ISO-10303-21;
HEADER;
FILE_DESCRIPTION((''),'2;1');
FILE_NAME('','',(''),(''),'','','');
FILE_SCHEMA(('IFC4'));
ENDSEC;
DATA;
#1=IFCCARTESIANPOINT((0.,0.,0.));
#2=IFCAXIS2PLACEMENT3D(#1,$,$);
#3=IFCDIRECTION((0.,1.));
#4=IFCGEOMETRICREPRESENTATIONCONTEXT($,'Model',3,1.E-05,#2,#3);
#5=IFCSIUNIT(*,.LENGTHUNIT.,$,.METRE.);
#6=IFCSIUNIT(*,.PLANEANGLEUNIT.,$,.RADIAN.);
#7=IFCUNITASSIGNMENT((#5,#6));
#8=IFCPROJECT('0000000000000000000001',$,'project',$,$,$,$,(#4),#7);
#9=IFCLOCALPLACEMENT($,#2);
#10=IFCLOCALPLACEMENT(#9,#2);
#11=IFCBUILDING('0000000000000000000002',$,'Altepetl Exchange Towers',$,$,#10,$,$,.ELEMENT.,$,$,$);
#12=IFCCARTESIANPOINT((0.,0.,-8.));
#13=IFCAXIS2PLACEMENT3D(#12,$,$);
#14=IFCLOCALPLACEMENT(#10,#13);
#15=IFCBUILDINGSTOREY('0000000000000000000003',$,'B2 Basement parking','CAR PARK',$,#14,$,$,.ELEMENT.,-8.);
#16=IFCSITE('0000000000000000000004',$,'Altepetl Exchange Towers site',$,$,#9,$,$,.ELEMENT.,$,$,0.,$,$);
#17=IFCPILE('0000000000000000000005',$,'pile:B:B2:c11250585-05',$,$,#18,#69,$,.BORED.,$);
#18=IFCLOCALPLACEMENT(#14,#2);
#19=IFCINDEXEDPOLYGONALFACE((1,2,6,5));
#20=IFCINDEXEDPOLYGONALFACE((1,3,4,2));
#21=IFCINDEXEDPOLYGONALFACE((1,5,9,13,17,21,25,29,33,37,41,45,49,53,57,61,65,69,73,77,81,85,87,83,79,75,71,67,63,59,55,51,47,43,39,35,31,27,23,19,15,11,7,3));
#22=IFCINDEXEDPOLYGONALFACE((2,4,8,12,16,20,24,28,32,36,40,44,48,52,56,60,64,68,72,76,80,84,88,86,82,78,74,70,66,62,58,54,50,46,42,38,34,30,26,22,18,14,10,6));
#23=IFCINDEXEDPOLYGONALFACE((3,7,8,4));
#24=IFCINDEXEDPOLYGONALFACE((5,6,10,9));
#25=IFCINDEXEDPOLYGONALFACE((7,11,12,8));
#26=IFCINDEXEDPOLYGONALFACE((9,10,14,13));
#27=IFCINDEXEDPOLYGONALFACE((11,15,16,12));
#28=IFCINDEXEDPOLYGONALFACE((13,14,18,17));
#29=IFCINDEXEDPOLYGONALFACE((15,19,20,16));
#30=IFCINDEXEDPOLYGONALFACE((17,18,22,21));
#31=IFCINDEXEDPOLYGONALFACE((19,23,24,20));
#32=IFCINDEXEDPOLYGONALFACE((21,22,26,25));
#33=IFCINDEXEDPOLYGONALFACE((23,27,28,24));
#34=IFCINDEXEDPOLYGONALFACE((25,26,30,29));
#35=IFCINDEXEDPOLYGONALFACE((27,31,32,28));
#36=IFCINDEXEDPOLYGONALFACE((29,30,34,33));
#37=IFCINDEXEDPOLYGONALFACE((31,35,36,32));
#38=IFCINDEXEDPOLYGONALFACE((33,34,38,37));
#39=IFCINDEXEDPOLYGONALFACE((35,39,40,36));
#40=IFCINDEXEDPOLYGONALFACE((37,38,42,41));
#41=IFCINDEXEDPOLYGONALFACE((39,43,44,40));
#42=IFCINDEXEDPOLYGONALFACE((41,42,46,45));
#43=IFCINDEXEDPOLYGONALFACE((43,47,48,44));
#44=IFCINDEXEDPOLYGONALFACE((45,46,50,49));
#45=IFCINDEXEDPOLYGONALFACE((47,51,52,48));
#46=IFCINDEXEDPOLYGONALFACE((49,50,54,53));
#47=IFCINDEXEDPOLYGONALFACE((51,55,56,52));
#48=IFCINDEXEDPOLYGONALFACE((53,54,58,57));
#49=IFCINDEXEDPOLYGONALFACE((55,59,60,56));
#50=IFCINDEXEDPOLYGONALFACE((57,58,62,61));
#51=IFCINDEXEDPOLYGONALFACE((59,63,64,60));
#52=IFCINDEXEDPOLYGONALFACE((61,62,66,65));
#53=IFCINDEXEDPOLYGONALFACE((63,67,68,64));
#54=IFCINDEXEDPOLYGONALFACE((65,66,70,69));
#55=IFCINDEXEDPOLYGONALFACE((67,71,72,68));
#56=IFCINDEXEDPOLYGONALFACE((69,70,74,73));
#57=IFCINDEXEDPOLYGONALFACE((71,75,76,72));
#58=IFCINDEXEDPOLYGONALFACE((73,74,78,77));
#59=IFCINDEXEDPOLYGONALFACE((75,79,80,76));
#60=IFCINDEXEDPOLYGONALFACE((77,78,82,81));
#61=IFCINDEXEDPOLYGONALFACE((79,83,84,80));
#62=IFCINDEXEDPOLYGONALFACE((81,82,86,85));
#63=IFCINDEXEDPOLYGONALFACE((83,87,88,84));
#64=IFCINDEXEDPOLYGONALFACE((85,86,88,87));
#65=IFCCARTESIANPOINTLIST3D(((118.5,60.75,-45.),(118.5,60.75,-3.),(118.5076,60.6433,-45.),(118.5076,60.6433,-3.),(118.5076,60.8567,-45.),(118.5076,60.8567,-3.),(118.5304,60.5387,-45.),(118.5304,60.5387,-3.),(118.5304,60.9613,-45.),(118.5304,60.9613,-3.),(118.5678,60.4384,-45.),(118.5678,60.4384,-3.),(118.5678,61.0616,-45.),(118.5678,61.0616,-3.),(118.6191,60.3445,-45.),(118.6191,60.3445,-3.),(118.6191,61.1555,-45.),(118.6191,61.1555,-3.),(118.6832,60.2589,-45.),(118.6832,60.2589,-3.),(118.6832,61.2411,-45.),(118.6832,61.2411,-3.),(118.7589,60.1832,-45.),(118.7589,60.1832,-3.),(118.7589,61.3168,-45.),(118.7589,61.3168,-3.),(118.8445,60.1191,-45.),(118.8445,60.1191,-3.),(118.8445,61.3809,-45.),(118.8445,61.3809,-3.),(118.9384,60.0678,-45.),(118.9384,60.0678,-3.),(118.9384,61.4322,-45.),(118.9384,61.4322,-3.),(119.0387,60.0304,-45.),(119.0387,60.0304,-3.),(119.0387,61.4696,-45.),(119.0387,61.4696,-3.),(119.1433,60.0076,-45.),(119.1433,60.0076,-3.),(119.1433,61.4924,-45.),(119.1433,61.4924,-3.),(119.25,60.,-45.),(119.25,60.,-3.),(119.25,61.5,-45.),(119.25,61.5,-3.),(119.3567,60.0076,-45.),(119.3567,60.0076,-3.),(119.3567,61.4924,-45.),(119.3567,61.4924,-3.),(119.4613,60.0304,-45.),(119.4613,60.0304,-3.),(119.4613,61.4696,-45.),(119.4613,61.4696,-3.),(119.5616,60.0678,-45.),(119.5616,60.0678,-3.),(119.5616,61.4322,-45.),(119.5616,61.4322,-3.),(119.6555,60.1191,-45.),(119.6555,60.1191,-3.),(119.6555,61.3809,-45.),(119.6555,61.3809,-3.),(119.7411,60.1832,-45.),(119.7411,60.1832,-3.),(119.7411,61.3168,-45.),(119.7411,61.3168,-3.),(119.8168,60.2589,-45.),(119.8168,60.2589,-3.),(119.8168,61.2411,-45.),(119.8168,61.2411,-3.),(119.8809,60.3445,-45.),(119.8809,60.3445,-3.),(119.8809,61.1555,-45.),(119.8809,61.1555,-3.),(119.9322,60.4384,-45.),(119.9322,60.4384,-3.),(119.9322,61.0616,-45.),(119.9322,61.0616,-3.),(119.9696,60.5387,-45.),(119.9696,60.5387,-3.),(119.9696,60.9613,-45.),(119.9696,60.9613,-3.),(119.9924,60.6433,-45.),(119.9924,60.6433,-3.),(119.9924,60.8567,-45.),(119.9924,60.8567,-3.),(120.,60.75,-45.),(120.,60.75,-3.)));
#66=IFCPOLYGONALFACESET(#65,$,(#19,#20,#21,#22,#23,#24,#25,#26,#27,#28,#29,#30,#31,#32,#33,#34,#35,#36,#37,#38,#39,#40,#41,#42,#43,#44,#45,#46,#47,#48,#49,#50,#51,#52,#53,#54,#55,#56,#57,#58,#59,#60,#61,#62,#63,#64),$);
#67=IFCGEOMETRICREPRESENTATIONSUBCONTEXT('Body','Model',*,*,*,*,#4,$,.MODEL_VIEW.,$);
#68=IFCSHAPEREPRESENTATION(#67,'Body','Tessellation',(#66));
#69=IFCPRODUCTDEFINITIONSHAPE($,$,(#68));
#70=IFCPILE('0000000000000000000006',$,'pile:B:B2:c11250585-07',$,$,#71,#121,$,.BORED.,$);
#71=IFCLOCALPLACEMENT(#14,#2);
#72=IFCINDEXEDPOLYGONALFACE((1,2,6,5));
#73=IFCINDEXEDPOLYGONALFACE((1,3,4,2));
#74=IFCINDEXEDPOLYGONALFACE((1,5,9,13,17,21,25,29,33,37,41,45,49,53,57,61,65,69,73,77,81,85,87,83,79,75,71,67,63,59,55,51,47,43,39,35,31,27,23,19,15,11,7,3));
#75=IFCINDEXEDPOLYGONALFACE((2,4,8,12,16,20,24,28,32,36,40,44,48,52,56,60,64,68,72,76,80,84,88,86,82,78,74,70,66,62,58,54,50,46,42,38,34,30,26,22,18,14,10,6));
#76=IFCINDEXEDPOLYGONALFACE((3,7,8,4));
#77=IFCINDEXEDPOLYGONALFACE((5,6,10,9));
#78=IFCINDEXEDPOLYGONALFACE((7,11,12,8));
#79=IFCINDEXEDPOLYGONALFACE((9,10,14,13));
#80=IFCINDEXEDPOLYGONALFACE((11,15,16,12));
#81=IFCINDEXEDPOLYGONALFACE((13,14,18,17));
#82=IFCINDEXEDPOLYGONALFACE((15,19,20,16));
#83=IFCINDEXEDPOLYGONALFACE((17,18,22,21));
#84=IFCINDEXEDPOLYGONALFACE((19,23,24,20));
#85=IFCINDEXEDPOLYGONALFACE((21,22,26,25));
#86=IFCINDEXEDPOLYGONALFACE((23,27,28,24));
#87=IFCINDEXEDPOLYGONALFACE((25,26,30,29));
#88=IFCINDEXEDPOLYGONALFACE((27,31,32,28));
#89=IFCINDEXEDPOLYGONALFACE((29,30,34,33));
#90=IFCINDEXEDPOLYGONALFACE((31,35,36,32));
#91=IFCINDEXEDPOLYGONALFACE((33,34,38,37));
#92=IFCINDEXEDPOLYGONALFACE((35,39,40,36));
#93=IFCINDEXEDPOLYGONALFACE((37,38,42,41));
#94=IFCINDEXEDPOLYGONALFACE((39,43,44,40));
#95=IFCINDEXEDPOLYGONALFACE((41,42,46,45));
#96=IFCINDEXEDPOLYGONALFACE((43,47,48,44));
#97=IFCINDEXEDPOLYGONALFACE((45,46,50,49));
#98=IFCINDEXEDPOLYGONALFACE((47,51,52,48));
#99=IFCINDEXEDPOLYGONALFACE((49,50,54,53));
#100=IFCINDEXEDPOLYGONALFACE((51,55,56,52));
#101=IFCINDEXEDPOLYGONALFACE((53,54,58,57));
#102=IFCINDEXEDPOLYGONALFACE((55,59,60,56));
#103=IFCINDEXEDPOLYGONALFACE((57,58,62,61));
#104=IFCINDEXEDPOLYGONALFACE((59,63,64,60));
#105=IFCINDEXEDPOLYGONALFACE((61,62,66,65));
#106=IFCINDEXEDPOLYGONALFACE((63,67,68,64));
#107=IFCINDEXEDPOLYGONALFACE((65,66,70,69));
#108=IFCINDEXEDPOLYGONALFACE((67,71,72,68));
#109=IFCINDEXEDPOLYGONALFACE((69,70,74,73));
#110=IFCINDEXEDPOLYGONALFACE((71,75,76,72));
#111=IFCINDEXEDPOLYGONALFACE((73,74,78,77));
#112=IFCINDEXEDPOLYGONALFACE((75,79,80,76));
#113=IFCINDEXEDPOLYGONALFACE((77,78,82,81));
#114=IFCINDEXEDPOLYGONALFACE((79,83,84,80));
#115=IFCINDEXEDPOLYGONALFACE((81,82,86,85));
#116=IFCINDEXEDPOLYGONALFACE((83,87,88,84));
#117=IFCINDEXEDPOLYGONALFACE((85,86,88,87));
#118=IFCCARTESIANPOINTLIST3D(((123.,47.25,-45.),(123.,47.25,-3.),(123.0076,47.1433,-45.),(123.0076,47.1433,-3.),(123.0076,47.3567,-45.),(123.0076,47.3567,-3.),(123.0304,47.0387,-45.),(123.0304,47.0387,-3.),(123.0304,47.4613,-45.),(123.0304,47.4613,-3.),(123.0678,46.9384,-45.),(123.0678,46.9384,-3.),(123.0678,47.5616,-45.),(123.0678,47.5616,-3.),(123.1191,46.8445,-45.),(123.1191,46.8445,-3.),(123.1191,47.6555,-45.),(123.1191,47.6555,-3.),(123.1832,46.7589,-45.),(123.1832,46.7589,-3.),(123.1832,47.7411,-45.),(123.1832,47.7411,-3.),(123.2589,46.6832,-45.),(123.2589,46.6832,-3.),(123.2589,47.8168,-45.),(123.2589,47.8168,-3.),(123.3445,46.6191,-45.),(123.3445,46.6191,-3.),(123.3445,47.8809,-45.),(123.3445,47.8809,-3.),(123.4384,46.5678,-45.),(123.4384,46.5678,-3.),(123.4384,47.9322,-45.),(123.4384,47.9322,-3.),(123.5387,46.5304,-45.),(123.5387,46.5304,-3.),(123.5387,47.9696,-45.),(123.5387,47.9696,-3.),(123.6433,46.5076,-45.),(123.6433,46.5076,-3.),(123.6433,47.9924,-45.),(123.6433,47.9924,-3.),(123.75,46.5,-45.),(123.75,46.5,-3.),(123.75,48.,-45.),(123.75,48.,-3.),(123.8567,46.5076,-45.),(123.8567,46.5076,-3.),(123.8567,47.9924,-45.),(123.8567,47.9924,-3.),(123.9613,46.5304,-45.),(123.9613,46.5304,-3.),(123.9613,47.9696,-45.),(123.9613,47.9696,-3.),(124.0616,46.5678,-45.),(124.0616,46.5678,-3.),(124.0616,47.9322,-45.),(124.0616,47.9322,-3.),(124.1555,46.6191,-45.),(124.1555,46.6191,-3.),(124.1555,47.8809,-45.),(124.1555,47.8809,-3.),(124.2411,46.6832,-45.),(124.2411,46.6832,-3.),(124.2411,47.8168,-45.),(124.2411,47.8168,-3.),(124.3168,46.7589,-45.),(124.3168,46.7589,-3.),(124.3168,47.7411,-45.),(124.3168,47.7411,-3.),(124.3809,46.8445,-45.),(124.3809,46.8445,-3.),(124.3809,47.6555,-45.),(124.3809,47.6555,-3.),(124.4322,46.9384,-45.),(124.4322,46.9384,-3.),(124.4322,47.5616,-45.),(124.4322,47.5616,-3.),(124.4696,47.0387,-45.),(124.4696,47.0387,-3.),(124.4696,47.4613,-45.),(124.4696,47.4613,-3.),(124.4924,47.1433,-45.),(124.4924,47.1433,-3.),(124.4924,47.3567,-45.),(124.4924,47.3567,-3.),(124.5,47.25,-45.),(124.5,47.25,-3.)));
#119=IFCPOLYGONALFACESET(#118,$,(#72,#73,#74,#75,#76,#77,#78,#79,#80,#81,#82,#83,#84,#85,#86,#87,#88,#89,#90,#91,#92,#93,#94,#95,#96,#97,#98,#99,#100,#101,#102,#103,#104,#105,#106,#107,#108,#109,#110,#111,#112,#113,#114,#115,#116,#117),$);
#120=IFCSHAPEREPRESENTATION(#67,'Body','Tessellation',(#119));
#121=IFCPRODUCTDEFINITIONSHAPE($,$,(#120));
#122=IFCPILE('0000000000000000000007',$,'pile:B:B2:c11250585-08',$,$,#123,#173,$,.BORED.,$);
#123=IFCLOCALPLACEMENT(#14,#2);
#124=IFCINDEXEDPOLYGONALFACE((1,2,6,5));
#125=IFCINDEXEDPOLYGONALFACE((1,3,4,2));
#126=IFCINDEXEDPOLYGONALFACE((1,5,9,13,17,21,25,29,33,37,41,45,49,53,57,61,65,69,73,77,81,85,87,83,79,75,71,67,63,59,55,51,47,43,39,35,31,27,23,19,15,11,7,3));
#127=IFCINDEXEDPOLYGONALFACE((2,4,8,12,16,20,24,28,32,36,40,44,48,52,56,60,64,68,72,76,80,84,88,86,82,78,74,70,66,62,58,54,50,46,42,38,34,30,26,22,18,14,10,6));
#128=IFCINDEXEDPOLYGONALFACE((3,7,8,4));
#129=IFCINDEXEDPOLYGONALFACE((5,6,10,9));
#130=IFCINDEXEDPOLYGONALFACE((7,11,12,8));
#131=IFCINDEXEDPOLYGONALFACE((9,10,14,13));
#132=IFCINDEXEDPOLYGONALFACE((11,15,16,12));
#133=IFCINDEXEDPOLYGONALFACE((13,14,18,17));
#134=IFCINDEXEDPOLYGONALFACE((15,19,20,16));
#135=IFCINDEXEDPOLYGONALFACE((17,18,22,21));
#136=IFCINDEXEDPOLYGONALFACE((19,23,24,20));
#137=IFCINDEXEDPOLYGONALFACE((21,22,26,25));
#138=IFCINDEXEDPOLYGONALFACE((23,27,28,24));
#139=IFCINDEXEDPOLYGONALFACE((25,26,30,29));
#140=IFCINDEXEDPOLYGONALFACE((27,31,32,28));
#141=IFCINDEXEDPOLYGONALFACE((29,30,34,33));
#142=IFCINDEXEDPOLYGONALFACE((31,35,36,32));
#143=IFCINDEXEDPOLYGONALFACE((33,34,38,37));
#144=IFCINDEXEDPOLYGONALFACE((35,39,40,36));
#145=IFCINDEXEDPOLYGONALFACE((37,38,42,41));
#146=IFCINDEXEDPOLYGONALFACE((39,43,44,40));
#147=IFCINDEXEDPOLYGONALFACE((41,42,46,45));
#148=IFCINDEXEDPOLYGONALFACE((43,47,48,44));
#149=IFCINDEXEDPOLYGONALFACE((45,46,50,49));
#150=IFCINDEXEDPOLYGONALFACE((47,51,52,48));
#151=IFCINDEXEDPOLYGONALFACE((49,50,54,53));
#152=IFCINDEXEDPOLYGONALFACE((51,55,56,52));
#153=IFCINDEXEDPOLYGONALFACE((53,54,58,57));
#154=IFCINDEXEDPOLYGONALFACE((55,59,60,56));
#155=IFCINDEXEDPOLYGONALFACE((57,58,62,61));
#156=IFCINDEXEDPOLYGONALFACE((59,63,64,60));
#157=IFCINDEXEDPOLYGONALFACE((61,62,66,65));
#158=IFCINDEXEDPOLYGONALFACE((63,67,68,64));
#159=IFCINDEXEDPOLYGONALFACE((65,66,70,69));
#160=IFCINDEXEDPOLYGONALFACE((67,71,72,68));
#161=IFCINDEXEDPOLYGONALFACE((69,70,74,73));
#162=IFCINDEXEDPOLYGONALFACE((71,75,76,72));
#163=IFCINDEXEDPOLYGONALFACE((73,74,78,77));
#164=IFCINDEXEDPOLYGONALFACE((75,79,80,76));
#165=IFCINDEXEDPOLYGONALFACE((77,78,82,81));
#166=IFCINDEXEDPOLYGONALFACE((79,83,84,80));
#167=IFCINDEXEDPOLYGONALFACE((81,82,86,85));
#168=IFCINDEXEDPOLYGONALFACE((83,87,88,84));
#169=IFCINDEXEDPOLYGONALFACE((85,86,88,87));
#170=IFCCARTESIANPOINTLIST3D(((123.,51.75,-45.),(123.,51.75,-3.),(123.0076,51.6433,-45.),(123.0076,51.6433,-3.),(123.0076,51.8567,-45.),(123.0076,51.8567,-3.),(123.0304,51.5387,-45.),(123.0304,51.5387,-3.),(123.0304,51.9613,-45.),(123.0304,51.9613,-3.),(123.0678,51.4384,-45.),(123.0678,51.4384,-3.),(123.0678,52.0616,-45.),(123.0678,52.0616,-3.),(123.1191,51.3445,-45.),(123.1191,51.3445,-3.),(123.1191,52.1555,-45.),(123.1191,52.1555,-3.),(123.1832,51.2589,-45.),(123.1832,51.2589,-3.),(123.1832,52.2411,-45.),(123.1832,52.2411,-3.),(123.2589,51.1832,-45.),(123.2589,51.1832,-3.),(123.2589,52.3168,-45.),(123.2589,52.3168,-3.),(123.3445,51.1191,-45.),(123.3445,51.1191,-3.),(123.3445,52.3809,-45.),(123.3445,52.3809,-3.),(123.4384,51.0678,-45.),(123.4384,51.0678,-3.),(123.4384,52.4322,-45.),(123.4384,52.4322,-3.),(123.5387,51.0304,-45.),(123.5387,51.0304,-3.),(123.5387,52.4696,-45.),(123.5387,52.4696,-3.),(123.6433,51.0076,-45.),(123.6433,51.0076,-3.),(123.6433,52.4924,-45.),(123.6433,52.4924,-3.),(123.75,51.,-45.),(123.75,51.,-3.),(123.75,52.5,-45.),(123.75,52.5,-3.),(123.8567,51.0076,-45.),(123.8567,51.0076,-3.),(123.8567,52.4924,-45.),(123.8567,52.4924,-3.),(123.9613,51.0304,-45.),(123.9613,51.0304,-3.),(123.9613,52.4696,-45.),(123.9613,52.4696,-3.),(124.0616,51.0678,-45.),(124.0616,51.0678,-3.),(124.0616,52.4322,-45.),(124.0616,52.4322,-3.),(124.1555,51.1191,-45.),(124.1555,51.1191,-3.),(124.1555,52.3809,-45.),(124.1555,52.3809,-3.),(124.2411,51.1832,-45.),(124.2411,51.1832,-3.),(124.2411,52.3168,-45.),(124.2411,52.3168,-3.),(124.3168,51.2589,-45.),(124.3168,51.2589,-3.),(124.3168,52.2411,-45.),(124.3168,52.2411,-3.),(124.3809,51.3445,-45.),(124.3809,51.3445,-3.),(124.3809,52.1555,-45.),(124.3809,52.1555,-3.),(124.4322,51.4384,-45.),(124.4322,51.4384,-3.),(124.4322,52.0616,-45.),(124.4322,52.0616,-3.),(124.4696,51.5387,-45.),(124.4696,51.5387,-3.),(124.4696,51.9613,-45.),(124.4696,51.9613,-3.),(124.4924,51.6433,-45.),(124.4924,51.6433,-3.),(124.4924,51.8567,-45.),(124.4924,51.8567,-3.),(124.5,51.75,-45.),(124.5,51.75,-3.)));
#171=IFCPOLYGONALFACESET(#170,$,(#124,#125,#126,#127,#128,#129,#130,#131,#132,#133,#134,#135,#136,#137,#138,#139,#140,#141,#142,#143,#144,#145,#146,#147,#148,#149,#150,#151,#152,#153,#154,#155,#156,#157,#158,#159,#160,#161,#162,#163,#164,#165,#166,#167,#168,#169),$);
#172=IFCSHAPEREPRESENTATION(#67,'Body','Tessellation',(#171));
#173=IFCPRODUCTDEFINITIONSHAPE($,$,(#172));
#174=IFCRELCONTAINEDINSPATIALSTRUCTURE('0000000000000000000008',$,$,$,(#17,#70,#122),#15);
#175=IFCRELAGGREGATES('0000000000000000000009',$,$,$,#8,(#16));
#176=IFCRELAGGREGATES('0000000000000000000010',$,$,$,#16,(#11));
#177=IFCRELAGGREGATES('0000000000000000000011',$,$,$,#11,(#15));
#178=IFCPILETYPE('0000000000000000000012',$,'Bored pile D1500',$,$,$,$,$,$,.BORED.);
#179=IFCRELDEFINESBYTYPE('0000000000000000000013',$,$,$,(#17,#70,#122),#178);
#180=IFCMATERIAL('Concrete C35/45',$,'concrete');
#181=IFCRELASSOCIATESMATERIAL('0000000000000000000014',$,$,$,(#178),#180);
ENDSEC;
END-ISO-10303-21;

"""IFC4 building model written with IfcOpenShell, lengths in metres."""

from ifc_helpers import new_model, si_unit, direction, frame, origin, origin_2d, place, context, subcontext, project, spatial, circle, extrude, material, material_profile, profile_set, type_object, element, save


model = new_model("IFC4")

# Units and contexts
model_context = context("Model", 3, precision=1e-05, world=origin(), true_north=direction((0.0, 1.0)))
body_context = subcontext(model_context, "Body", "Model", "MODEL_VIEW")
ifc_project = project(units=[si_unit("LENGTHUNIT", "METRE"), si_unit("PLANEANGLEUNIT", "RADIAN")], contexts=[model_context])

# Site, building, storey
site_placement = place(None, origin())
site = spatial("IfcSite", under=ifc_project, at=site_placement, Name="Altepetl Exchange Towers site", CompositionType="ELEMENT", RefElevation=0.0)
building_placement = place(site_placement, origin())
building = spatial("IfcBuilding", under=site, at=building_placement, Name="Altepetl Exchange Towers", CompositionType="ELEMENT")
storey_placement = place(building_placement, frame((0.0, 0.0, -8.0)))
storey = spatial("IfcBuildingStorey", under=building, at=storey_placement, Name="B2 Basement parking", Description="CAR PARK", CompositionType="ELEMENT", Elevation=-8.0)

# Piles
ifc_material_1 = material(Name="Concrete C35/45", Category="concrete")
ifc_material_profile_1 = material_profile(ifc_material_1, circle(Radius=0.75, at=origin_2d()), Name="D1500")
ifc_profile_set_1 = profile_set([ifc_material_profile_1], Name="Concrete C35/45")
pile_type_1 = type_object("IfcPileType", Name="Bored pile D1500", PredefinedType="BORED", material=ifc_profile_set_1)
for number, where, z_axis, x_axis, name in (
    (1, (119.25, 60.75, -3.0), (0.0, 0.0, -1.0), (1.0, 0.0, 0.0), "pile:B:B2:c11250585-05"),
    (2, (123.75, 47.25, -3.0), (0.0, 0.0, -1.0), (1.0, 0.0, 0.0), "pile:B:B2:c11250585-07"),
    (3, (123.75, 51.75, -3.0), (0.0, 0.0, -1.0), (1.0, 0.0, 0.0), "pile:B:B2:c11250585-08"),
):
    element("IfcPile", number, at=place(storey_placement, frame(where, z_axis=z_axis, x_axis=x_axis)), inside=storey, type_object=pile_type_1, Name=name, PredefinedType="BORED", context=body_context, shape_type="SweptSolid", body=[
        extrude(circle(Radius=0.75, at=origin_2d()), origin(), (0.0, 0.0, 1.0), 42.0),
    ])

save(model, "model.ifc")
